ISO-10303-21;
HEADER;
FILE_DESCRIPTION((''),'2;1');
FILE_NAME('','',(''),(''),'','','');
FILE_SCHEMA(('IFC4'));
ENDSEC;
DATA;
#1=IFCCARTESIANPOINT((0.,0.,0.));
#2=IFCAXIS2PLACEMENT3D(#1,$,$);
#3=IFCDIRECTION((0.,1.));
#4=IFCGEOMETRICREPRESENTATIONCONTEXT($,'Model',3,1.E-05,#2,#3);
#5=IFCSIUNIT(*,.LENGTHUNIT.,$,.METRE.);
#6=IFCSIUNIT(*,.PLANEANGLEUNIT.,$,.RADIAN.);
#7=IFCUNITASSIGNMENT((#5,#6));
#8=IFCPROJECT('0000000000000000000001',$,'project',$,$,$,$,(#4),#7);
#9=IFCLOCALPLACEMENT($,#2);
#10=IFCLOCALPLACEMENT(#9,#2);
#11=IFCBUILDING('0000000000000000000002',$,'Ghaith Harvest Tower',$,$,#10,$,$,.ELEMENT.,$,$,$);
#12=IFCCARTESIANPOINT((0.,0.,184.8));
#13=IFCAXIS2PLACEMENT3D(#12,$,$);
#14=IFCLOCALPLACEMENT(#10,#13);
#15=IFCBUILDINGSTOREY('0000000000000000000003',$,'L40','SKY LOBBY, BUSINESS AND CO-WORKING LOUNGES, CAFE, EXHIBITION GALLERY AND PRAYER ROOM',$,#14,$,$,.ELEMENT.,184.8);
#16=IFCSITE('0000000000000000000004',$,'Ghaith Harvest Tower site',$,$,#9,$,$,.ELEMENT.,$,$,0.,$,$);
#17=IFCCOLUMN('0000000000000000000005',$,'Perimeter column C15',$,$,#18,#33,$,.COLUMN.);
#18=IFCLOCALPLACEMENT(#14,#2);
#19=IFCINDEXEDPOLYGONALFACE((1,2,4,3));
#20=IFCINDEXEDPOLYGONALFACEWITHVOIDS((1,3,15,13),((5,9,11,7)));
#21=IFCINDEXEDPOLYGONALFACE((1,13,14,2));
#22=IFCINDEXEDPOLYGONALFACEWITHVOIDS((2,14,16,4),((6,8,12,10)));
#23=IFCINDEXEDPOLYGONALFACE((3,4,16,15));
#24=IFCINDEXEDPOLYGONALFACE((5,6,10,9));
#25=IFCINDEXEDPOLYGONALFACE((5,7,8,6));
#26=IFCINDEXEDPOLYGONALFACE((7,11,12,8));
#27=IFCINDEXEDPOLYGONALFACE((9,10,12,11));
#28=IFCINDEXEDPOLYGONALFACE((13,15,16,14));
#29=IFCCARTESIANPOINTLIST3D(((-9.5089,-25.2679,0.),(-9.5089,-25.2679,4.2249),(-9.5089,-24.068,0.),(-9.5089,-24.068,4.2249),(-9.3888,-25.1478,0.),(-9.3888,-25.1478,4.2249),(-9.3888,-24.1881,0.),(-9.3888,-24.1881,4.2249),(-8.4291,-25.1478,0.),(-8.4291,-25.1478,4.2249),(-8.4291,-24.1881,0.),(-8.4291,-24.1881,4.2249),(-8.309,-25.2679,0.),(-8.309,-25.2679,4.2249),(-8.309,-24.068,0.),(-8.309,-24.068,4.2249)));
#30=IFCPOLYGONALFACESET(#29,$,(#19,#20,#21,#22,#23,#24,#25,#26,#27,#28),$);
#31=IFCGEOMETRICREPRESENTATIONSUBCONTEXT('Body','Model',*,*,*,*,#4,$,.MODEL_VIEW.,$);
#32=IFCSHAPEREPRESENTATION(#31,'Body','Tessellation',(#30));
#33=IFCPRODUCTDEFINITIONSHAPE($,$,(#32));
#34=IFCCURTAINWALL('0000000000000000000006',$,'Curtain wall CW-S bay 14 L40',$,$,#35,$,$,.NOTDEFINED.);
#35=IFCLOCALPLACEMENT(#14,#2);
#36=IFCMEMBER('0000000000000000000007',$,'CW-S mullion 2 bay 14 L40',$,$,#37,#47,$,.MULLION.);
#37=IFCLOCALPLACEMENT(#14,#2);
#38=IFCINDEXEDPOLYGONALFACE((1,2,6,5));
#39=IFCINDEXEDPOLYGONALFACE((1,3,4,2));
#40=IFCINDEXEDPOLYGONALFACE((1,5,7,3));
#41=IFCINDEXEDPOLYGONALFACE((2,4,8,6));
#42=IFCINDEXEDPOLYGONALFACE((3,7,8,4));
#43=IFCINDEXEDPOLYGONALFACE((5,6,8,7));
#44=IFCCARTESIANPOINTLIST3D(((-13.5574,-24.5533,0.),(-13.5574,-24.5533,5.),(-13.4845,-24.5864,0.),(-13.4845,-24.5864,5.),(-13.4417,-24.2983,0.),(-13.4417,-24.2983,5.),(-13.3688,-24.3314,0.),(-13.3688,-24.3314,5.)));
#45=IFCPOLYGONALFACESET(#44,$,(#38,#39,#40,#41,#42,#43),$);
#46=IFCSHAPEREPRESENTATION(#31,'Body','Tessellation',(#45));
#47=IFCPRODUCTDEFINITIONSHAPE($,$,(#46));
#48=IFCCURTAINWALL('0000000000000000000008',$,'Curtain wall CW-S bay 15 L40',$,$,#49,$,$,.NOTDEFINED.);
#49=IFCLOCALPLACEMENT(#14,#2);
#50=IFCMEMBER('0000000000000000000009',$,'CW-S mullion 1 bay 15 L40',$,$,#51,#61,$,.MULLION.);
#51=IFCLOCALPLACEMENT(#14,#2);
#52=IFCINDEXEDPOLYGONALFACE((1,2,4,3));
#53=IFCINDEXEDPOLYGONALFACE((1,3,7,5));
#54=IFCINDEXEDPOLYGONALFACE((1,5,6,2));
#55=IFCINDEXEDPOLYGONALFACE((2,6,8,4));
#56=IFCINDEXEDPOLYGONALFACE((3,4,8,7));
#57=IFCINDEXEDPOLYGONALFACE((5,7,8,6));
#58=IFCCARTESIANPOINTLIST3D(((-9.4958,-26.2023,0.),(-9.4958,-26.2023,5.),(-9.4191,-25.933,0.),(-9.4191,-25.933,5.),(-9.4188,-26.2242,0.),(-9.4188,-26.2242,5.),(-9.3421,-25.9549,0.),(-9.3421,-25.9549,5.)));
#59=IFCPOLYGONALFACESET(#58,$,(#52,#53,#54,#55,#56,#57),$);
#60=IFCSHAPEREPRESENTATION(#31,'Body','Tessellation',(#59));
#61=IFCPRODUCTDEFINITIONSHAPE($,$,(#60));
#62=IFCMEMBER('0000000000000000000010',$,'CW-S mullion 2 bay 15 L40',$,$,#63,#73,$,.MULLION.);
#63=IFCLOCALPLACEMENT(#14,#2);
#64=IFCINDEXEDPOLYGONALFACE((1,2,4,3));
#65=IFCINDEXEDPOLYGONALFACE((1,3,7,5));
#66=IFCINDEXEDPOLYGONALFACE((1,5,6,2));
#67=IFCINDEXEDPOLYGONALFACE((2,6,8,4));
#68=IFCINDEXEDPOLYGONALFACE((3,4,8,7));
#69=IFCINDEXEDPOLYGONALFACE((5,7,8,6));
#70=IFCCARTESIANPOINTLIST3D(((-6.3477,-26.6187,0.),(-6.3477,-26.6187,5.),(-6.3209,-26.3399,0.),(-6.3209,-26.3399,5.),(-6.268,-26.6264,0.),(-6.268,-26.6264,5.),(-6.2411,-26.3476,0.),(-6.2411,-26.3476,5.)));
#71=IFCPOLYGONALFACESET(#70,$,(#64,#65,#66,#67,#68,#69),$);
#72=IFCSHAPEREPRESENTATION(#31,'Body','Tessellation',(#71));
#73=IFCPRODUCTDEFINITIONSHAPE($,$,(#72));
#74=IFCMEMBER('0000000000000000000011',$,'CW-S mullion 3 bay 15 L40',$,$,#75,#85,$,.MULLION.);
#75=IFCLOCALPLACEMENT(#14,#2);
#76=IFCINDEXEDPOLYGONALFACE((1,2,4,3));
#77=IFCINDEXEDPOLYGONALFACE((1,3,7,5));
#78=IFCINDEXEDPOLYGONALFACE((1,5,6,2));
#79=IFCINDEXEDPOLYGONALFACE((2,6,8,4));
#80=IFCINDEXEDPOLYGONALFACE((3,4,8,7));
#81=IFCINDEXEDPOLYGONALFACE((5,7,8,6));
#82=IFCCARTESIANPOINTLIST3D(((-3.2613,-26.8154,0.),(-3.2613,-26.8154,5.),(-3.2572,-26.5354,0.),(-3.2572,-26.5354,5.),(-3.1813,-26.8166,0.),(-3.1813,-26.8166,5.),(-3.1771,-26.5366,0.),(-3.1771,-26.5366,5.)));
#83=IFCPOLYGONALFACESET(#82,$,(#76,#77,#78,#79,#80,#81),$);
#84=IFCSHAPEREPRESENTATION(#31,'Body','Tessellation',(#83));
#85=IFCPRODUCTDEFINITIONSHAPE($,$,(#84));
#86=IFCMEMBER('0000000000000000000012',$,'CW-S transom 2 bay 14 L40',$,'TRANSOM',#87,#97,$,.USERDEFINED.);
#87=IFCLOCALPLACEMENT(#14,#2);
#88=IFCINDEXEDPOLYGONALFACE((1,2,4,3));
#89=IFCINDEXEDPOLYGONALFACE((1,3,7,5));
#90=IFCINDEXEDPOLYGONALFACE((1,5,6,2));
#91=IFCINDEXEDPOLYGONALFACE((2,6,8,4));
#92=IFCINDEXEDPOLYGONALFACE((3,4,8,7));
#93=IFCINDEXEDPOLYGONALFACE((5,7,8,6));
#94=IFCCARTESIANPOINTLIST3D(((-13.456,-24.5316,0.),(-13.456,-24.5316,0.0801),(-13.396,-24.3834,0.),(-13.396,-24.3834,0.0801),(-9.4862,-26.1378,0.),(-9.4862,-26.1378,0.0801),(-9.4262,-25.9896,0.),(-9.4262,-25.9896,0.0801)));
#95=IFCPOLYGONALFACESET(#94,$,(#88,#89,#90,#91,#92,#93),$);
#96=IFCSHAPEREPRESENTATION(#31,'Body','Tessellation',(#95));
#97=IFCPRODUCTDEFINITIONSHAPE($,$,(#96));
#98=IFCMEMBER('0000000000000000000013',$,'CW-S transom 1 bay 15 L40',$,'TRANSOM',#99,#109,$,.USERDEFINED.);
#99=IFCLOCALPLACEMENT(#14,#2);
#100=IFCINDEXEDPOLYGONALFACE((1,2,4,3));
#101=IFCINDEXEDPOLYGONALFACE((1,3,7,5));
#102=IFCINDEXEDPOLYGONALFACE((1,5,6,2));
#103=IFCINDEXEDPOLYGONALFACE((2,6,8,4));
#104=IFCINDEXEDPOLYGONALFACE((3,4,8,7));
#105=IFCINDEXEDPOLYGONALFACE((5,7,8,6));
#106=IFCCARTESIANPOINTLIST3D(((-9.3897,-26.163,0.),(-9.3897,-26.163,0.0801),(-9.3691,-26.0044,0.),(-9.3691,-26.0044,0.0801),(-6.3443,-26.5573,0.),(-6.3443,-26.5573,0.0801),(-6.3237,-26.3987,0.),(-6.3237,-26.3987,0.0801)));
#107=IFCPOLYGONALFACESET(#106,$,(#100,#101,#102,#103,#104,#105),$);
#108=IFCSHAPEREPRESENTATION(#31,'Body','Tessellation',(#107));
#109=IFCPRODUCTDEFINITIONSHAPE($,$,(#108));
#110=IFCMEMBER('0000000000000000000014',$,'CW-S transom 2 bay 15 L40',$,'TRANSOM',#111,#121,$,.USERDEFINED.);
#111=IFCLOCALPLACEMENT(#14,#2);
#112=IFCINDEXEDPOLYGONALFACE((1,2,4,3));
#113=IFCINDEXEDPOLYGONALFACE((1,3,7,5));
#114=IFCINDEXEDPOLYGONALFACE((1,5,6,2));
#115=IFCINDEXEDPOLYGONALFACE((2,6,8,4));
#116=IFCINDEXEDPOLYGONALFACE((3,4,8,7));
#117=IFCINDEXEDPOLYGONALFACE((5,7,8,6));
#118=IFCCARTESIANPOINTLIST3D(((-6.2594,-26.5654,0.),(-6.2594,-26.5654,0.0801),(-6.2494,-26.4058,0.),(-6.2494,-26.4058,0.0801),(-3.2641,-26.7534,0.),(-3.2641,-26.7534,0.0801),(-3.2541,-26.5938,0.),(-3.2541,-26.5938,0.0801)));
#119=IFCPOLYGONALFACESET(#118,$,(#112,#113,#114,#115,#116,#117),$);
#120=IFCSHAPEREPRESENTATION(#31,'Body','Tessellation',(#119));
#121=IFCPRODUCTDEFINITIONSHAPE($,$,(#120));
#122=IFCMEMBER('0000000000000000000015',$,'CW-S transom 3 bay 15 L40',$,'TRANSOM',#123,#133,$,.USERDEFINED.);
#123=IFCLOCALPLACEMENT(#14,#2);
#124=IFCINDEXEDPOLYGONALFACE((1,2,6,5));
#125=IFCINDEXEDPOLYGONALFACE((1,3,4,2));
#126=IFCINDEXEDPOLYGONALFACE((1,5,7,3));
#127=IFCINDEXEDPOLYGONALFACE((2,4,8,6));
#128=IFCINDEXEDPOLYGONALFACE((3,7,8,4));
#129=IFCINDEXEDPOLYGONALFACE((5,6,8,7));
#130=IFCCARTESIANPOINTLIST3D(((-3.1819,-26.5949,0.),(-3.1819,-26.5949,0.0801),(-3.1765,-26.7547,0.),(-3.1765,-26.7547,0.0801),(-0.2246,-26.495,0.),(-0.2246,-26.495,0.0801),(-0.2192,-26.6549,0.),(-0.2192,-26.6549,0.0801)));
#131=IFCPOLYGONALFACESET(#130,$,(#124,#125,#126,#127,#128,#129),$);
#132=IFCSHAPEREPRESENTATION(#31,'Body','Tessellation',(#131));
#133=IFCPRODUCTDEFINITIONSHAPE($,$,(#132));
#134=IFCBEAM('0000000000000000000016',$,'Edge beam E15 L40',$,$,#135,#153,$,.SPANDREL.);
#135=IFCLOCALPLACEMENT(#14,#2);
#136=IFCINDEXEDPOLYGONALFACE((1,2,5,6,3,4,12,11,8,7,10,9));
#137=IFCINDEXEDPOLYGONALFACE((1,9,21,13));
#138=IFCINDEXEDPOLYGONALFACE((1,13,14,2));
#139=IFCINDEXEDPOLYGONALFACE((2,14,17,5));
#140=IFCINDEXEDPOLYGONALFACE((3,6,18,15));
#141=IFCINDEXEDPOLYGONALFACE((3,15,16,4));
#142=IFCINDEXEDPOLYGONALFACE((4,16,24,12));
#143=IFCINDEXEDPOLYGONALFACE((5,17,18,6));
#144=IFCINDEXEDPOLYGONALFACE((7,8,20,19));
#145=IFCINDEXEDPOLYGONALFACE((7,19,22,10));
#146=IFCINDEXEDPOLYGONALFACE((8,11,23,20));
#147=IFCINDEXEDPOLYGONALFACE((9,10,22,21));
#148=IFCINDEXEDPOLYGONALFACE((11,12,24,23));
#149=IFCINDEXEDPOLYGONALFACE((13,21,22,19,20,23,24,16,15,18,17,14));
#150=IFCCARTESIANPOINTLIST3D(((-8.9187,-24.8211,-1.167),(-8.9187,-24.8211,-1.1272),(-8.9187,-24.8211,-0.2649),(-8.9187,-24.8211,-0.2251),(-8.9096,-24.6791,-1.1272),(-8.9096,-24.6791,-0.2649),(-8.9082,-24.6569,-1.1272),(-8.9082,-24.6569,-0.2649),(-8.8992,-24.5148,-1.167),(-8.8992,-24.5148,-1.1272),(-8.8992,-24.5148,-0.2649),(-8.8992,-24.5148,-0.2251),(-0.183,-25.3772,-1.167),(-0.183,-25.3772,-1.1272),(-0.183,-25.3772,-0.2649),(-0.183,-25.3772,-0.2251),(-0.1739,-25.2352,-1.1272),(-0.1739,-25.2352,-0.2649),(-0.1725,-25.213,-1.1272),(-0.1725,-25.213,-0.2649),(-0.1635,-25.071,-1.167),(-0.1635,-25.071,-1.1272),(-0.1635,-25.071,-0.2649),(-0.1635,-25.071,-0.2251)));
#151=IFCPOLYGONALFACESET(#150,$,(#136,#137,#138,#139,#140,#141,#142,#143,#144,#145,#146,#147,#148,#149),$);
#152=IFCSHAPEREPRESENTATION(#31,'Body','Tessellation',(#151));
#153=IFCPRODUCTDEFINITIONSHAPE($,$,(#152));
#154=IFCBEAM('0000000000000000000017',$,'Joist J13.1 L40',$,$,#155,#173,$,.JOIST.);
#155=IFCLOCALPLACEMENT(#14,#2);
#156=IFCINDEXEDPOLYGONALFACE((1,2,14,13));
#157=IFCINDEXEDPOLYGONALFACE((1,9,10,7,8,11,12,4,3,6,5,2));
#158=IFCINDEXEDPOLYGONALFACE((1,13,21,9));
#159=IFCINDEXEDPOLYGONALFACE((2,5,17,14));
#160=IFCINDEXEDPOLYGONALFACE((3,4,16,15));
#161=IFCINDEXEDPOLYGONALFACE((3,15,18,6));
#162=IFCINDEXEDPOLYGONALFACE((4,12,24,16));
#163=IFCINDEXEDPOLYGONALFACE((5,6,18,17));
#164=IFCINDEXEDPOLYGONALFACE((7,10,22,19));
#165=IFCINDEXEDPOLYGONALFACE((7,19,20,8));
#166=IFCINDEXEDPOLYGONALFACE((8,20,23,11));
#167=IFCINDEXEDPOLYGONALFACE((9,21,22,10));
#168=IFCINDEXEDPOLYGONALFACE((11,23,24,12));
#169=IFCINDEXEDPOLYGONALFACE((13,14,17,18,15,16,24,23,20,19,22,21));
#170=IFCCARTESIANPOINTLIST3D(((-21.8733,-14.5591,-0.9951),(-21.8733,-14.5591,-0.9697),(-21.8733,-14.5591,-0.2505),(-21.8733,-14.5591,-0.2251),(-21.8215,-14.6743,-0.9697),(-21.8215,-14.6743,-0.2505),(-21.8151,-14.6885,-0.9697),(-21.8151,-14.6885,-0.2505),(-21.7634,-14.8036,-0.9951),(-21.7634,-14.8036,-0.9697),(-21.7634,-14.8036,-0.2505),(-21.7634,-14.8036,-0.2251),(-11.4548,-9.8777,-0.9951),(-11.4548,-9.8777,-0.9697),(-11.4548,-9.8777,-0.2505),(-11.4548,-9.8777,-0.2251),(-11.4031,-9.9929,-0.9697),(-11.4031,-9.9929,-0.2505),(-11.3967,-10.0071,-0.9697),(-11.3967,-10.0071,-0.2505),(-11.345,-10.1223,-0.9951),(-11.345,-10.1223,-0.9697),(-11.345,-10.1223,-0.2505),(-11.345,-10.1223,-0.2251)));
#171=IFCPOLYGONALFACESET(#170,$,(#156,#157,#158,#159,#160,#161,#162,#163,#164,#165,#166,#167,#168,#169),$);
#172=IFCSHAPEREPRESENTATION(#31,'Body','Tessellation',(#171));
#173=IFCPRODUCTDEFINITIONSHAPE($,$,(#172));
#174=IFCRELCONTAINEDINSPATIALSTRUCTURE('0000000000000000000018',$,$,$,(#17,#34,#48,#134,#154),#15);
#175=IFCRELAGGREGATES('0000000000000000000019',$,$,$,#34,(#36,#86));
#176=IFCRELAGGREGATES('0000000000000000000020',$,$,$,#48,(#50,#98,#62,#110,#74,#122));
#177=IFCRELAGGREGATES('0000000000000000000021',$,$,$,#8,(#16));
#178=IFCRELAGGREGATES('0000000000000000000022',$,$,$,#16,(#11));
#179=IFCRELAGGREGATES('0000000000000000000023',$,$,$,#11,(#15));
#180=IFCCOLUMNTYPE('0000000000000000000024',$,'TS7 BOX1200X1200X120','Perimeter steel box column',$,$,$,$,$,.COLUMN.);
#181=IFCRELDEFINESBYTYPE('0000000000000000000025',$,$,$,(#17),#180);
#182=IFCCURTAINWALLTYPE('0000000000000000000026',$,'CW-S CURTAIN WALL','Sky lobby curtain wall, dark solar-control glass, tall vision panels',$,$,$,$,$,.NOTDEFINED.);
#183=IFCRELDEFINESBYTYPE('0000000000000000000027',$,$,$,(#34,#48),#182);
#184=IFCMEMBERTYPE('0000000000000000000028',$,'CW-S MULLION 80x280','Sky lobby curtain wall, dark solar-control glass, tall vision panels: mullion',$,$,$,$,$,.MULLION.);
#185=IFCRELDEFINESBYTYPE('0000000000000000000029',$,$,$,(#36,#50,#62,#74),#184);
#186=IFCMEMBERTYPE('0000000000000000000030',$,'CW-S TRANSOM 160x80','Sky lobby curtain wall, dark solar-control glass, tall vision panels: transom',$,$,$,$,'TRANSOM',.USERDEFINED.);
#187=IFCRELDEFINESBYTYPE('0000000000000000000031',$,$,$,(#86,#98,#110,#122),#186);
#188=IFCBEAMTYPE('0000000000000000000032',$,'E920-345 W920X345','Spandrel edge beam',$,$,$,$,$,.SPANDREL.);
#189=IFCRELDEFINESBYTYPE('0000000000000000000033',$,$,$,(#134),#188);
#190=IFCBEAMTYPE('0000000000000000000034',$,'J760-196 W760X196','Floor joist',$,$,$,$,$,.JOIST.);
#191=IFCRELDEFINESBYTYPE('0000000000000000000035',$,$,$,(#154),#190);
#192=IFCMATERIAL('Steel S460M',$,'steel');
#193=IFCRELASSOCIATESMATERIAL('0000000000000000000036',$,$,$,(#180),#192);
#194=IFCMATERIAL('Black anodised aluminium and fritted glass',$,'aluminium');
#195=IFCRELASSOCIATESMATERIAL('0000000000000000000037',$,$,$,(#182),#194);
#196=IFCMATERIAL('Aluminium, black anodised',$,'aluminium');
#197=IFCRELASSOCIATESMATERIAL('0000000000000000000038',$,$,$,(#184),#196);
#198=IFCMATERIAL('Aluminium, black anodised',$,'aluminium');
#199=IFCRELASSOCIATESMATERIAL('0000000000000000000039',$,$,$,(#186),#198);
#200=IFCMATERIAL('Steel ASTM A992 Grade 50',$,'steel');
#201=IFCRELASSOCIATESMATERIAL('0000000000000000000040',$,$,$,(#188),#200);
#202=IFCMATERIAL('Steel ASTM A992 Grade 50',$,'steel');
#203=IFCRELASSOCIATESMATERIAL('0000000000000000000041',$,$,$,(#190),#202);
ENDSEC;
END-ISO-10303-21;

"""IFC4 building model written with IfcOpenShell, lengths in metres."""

from ifc_helpers import new_model, si_unit, direction, frame, origin, origin_2d, place, context, subcontext, project, spatial, rectangle, hollow_rectangle, i_section, extrude, material, material_profile, profile_set, type_object, element, aggregate, save


model = new_model("IFC4")

# Units and contexts
model_context = context("Model", 3, precision=1e-05, world=origin(), true_north=direction((0.0, 1.0)))
body_context = subcontext(model_context, "Body", "Model", "MODEL_VIEW")
ifc_project = project(units=[si_unit("LENGTHUNIT", "METRE"), si_unit("PLANEANGLEUNIT", "RADIAN")], contexts=[model_context])

# Site, building, storey
site_placement = place(None, origin())
site = spatial("IfcSite", under=ifc_project, at=site_placement, Name="Ghaith Harvest Tower site", CompositionType="ELEMENT", RefElevation=0.0)
building_placement = place(site_placement, origin())
building = spatial("IfcBuilding", under=site, at=building_placement, Name="Ghaith Harvest Tower", CompositionType="ELEMENT")
storey_placement = place(building_placement, frame((0.0, 0.0, 184.8)))
storey = spatial("IfcBuildingStorey", under=building, at=storey_placement, Name="L40", Description="SKY LOBBY, BUSINESS AND CO-WORKING LOUNGES, CAFE, EXHIBITION GALLERY AND PRAYER ROOM", CompositionType="ELEMENT", Elevation=184.8)

# Column
ifc_material_1 = material(Name="Steel S460M", Category="steel")
ifc_material_profile_1 = material_profile(ifc_material_1, hollow_rectangle(XDim=1.2, YDim=1.2, WallThickness=0.1201, at=origin_2d()), Name="BOX1200X1200X120")
ifc_profile_set_1 = profile_set([ifc_material_profile_1], Name="Steel S460M")
column_type = type_object("IfcColumnType", Name="TS7 BOX1200X1200X120", Description="Perimeter steel box column", PredefinedType="COLUMN", material=ifc_profile_set_1)
column_placement = place(storey_placement, frame((-8.9089, -24.668, 0.0), z_axis=(0.0, 0.0, 1.0), x_axis=(1.0, 0.0, 0.0)))
element("IfcColumn", 1, at=column_placement, inside=storey, type_object=column_type, Name="Perimeter column C15", PredefinedType="COLUMN", context=body_context, shape_type="SweptSolid", body=[
    extrude(hollow_rectangle(XDim=1.2, YDim=1.2, WallThickness=0.1201, at=origin_2d()), origin(), (0.0, 0.0, 1.0), 4.2249),
])

# Curtain wall, member
ifc_material_2 = material(Name="Black anodised aluminium and fritted glass", Category="aluminium")
curtain_wall_type = type_object("IfcCurtainWallType", Name="CW-S CURTAIN WALL", Description="Sky lobby curtain wall, dark solar-control glass, tall vision panels", PredefinedType="NOTDEFINED", material=ifc_material_2)
curtain_wall_1_placement = place(storey_placement, origin())
curtain_wall_1 = element("IfcCurtainWall", 2, at=curtain_wall_1_placement, inside=storey, type_object=curtain_wall_type, Name="Curtain wall CW-S bay 14 L40", PredefinedType="NOTDEFINED")
ifc_material_3 = material(Name="Aluminium, black anodised", Category="aluminium")
ifc_material_profile_2 = material_profile(ifc_material_3, rectangle(XDim=0.0801, YDim=0.28, at=origin_2d()), Name="CW-S MULLION 80x280")
ifc_profile_set_2 = profile_set([ifc_material_profile_2], Name="Aluminium, black anodised")
member_type_1 = type_object("IfcMemberType", Name="CW-S MULLION 80x280", Description="Sky lobby curtain wall, dark solar-control glass, tall vision panels: mullion", PredefinedType="MULLION", material=ifc_profile_set_2)
member_1_placement = place(storey_placement, frame((-13.4631, -24.4424, 0.0), z_axis=(0.0, 0.0, 1.0), x_axis=(0.910648, -0.413183, 0.0)))
member_1 = element("IfcMember", 3, at=member_1_placement, type_object=member_type_1, Name="CW-S mullion 2 bay 14 L40", PredefinedType="MULLION", context=body_context, shape_type="SweptSolid", body=[
    extrude(rectangle(XDim=0.0801, YDim=0.28, at=origin_2d()), origin(), (0.0, 0.0, 1.0), 5.0),
])

# Curtain wall, members
curtain_wall_2_placement = place(storey_placement, origin())
curtain_wall_2 = element("IfcCurtainWall", 4, at=curtain_wall_2_placement, inside=storey, type_object=curtain_wall_type, Name="Curtain wall CW-S bay 15 L40", PredefinedType="NOTDEFINED")
member_2_placement = place(storey_placement, frame((-9.4189, -26.0786, 0.0), z_axis=(0.0, 0.0, 1.0), x_axis=(0.961789, -0.273793, 0.0)))
member_2 = element("IfcMember", 5, at=member_2_placement, type_object=member_type_1, Name="CW-S mullion 1 bay 15 L40", PredefinedType="MULLION", context=body_context, shape_type="SweptSolid", body=[
    extrude(rectangle(XDim=0.0801, YDim=0.28, at=origin_2d()), origin(), (0.0, 0.0, 1.0), 5.0),
])
member_3_placement = place(storey_placement, frame((-6.2944, -26.4832, 0.0), z_axis=(0.0, 0.0, 1.0), x_axis=(0.995389, -0.095918, 0.0)))
member_3 = element("IfcMember", 6, at=member_3_placement, type_object=member_type_1, Name="CW-S mullion 2 bay 15 L40", PredefinedType="MULLION", context=body_context, shape_type="SweptSolid", body=[
    extrude(rectangle(XDim=0.0801, YDim=0.28, at=origin_2d()), origin(), (0.0, 0.0, 1.0), 5.0),
])
member_4_placement = place(storey_placement, frame((-3.2192, -26.676, 0.0), z_axis=(0.0, 0.0, 1.0), x_axis=(0.999891, -0.014796, 0.0)))
member_4 = element("IfcMember", 7, at=member_4_placement, type_object=member_type_1, Name="CW-S mullion 3 bay 15 L40", PredefinedType="MULLION", context=body_context, shape_type="SweptSolid", body=[
    extrude(rectangle(XDim=0.0801, YDim=0.28, at=origin_2d()), origin(), (0.0, 0.0, 1.0), 5.0),
])

# Members
ifc_material_4 = material(Name="Aluminium, black anodised", Category="aluminium")
ifc_material_profile_3 = material_profile(ifc_material_4, rectangle(XDim=0.1599, YDim=0.0801, at=origin_2d()), Name="CW-S TRANSOM 160x80")
ifc_profile_set_3 = profile_set([ifc_material_profile_3], Name="Aluminium, black anodised")
member_type_2 = type_object("IfcMemberType", Name="CW-S TRANSOM 160x80", Description="Sky lobby curtain wall, dark solar-control glass, tall vision panels: transom", ElementType="TRANSOM", PredefinedType="USERDEFINED", material=ifc_profile_set_3)
member_5_placement = place(storey_placement, frame((-13.426, -24.4575, 0.04), z_axis=(0.927003, -0.375054, 0.0), x_axis=(0.375054, 0.927003, 0.0)))
member_5 = element("IfcMember", 8, at=member_5_placement, type_object=member_type_2, Name="CW-S transom 2 bay 14 L40", ObjectType="TRANSOM", PredefinedType="USERDEFINED", context=body_context, shape_type="SweptSolid", body=[
    extrude(rectangle(XDim=0.1599, YDim=0.0801, at=origin_2d()), origin(), (0.0, 0.0, 1.0), 4.2825),
])
member_6_placement = place(storey_placement, frame((-9.3794, -26.0837, 0.04), z_axis=(0.991723, -0.128398, 0.0), x_axis=(0.128398, 0.991723, 0.0)))
member_6 = element("IfcMember", 9, at=member_6_placement, type_object=member_type_2, Name="CW-S transom 1 bay 15 L40", ObjectType="TRANSOM", PredefinedType="USERDEFINED", context=body_context, shape_type="SweptSolid", body=[
    extrude(rectangle(XDim=0.1599, YDim=0.0801, at=origin_2d()), origin(), (0.0, 0.0, 1.0), 3.0708),
])
member_7_placement = place(storey_placement, frame((-6.2544, -26.4856, 0.04), z_axis=(0.998036, -0.062637, 0.0), x_axis=(0.062637, 0.998036, 0.0)))
member_7 = element("IfcMember", 10, at=member_7_placement, type_object=member_type_2, Name="CW-S transom 2 bay 15 L40", ObjectType="TRANSOM", PredefinedType="USERDEFINED", context=body_context, shape_type="SweptSolid", body=[
    extrude(rectangle(XDim=0.1599, YDim=0.0801, at=origin_2d()), origin(), (0.0, 0.0, 1.0), 3.0012),
])
member_8_placement = place(storey_placement, frame((-3.1792, -26.6748, 0.04), z_axis=(0.99943, 0.033746, 0.0), x_axis=(-0.033746, 0.99943, 0.0)))
member_8 = element("IfcMember", 11, at=member_8_placement, type_object=member_type_2, Name="CW-S transom 3 bay 15 L40", ObjectType="TRANSOM", PredefinedType="USERDEFINED", context=body_context, shape_type="SweptSolid", body=[
    extrude(rectangle(XDim=0.1599, YDim=0.0801, at=origin_2d()), origin(), (0.0, 0.0, 1.0), 2.959),
])

# Beams
ifc_material_5 = material(Name="Steel ASTM A992 Grade 50", Category="steel")
ifc_material_profile_4 = material_profile(ifc_material_5, i_section(OverallWidth=0.3069, OverallDepth=0.9419, WebThickness=0.0222, FlangeThickness=0.0398, at=origin_2d()), Name="W920X345")
ifc_profile_set_4 = profile_set([ifc_material_profile_4], Name="Steel ASTM A992 Grade 50")
beam_type_1 = type_object("IfcBeamType", Name="E920-345 W920X345", Description="Spandrel edge beam", PredefinedType="SPANDREL", material=ifc_profile_set_4)
beam_1_placement = place(storey_placement, frame((-8.9089, -24.668, -0.696), z_axis=(0.99798, -0.063535, 0.0), x_axis=(0.063535, 0.99798, 0.0)))
element("IfcBeam", 12, at=beam_1_placement, inside=storey, type_object=beam_type_1, Name="Edge beam E15 L40", PredefinedType="SPANDREL", context=body_context, shape_type="SweptSolid", body=[
    extrude(i_section(OverallWidth=0.3069, OverallDepth=0.9419, WebThickness=0.0222, FlangeThickness=0.0398, at=origin_2d()), origin(), (0.0, 0.0, 1.0), 8.7534),
])
ifc_material_6 = material(Name="Steel ASTM A992 Grade 50", Category="steel")
ifc_material_profile_5 = material_profile(ifc_material_6, i_section(OverallWidth=0.2681, OverallDepth=0.77, WebThickness=0.0156, FlangeThickness=0.0254, at=origin_2d()), Name="W760X196")
ifc_profile_set_5 = profile_set([ifc_material_profile_5], Name="Steel ASTM A992 Grade 50")
beam_type_2 = type_object("IfcBeamType", Name="J760-196 W760X196", Description="Floor joist", PredefinedType="JOIST", material=ifc_profile_set_5)
beam_2_placement = place(storey_placement, frame((-11.3999, -10.0, -0.6101), z_axis=(-0.912148, -0.409862, 0.0), x_axis=(0.409862, -0.912148, 0.0)))
element("IfcBeam", 13, at=beam_2_placement, inside=storey, type_object=beam_type_2, Name="Joist J13.1 L40", PredefinedType="JOIST", context=body_context, shape_type="SweptSolid", body=[
    extrude(i_section(OverallWidth=0.2681, OverallDepth=0.77, WebThickness=0.0156, FlangeThickness=0.0254, at=origin_2d()), origin(), (0.0, 0.0, 1.0), 11.4219),
])

aggregate(curtain_wall_1, [member_1, member_5])
aggregate(curtain_wall_2, [member_2, member_6, member_3, member_7, member_4, member_8])

save(model, "model.ifc")
